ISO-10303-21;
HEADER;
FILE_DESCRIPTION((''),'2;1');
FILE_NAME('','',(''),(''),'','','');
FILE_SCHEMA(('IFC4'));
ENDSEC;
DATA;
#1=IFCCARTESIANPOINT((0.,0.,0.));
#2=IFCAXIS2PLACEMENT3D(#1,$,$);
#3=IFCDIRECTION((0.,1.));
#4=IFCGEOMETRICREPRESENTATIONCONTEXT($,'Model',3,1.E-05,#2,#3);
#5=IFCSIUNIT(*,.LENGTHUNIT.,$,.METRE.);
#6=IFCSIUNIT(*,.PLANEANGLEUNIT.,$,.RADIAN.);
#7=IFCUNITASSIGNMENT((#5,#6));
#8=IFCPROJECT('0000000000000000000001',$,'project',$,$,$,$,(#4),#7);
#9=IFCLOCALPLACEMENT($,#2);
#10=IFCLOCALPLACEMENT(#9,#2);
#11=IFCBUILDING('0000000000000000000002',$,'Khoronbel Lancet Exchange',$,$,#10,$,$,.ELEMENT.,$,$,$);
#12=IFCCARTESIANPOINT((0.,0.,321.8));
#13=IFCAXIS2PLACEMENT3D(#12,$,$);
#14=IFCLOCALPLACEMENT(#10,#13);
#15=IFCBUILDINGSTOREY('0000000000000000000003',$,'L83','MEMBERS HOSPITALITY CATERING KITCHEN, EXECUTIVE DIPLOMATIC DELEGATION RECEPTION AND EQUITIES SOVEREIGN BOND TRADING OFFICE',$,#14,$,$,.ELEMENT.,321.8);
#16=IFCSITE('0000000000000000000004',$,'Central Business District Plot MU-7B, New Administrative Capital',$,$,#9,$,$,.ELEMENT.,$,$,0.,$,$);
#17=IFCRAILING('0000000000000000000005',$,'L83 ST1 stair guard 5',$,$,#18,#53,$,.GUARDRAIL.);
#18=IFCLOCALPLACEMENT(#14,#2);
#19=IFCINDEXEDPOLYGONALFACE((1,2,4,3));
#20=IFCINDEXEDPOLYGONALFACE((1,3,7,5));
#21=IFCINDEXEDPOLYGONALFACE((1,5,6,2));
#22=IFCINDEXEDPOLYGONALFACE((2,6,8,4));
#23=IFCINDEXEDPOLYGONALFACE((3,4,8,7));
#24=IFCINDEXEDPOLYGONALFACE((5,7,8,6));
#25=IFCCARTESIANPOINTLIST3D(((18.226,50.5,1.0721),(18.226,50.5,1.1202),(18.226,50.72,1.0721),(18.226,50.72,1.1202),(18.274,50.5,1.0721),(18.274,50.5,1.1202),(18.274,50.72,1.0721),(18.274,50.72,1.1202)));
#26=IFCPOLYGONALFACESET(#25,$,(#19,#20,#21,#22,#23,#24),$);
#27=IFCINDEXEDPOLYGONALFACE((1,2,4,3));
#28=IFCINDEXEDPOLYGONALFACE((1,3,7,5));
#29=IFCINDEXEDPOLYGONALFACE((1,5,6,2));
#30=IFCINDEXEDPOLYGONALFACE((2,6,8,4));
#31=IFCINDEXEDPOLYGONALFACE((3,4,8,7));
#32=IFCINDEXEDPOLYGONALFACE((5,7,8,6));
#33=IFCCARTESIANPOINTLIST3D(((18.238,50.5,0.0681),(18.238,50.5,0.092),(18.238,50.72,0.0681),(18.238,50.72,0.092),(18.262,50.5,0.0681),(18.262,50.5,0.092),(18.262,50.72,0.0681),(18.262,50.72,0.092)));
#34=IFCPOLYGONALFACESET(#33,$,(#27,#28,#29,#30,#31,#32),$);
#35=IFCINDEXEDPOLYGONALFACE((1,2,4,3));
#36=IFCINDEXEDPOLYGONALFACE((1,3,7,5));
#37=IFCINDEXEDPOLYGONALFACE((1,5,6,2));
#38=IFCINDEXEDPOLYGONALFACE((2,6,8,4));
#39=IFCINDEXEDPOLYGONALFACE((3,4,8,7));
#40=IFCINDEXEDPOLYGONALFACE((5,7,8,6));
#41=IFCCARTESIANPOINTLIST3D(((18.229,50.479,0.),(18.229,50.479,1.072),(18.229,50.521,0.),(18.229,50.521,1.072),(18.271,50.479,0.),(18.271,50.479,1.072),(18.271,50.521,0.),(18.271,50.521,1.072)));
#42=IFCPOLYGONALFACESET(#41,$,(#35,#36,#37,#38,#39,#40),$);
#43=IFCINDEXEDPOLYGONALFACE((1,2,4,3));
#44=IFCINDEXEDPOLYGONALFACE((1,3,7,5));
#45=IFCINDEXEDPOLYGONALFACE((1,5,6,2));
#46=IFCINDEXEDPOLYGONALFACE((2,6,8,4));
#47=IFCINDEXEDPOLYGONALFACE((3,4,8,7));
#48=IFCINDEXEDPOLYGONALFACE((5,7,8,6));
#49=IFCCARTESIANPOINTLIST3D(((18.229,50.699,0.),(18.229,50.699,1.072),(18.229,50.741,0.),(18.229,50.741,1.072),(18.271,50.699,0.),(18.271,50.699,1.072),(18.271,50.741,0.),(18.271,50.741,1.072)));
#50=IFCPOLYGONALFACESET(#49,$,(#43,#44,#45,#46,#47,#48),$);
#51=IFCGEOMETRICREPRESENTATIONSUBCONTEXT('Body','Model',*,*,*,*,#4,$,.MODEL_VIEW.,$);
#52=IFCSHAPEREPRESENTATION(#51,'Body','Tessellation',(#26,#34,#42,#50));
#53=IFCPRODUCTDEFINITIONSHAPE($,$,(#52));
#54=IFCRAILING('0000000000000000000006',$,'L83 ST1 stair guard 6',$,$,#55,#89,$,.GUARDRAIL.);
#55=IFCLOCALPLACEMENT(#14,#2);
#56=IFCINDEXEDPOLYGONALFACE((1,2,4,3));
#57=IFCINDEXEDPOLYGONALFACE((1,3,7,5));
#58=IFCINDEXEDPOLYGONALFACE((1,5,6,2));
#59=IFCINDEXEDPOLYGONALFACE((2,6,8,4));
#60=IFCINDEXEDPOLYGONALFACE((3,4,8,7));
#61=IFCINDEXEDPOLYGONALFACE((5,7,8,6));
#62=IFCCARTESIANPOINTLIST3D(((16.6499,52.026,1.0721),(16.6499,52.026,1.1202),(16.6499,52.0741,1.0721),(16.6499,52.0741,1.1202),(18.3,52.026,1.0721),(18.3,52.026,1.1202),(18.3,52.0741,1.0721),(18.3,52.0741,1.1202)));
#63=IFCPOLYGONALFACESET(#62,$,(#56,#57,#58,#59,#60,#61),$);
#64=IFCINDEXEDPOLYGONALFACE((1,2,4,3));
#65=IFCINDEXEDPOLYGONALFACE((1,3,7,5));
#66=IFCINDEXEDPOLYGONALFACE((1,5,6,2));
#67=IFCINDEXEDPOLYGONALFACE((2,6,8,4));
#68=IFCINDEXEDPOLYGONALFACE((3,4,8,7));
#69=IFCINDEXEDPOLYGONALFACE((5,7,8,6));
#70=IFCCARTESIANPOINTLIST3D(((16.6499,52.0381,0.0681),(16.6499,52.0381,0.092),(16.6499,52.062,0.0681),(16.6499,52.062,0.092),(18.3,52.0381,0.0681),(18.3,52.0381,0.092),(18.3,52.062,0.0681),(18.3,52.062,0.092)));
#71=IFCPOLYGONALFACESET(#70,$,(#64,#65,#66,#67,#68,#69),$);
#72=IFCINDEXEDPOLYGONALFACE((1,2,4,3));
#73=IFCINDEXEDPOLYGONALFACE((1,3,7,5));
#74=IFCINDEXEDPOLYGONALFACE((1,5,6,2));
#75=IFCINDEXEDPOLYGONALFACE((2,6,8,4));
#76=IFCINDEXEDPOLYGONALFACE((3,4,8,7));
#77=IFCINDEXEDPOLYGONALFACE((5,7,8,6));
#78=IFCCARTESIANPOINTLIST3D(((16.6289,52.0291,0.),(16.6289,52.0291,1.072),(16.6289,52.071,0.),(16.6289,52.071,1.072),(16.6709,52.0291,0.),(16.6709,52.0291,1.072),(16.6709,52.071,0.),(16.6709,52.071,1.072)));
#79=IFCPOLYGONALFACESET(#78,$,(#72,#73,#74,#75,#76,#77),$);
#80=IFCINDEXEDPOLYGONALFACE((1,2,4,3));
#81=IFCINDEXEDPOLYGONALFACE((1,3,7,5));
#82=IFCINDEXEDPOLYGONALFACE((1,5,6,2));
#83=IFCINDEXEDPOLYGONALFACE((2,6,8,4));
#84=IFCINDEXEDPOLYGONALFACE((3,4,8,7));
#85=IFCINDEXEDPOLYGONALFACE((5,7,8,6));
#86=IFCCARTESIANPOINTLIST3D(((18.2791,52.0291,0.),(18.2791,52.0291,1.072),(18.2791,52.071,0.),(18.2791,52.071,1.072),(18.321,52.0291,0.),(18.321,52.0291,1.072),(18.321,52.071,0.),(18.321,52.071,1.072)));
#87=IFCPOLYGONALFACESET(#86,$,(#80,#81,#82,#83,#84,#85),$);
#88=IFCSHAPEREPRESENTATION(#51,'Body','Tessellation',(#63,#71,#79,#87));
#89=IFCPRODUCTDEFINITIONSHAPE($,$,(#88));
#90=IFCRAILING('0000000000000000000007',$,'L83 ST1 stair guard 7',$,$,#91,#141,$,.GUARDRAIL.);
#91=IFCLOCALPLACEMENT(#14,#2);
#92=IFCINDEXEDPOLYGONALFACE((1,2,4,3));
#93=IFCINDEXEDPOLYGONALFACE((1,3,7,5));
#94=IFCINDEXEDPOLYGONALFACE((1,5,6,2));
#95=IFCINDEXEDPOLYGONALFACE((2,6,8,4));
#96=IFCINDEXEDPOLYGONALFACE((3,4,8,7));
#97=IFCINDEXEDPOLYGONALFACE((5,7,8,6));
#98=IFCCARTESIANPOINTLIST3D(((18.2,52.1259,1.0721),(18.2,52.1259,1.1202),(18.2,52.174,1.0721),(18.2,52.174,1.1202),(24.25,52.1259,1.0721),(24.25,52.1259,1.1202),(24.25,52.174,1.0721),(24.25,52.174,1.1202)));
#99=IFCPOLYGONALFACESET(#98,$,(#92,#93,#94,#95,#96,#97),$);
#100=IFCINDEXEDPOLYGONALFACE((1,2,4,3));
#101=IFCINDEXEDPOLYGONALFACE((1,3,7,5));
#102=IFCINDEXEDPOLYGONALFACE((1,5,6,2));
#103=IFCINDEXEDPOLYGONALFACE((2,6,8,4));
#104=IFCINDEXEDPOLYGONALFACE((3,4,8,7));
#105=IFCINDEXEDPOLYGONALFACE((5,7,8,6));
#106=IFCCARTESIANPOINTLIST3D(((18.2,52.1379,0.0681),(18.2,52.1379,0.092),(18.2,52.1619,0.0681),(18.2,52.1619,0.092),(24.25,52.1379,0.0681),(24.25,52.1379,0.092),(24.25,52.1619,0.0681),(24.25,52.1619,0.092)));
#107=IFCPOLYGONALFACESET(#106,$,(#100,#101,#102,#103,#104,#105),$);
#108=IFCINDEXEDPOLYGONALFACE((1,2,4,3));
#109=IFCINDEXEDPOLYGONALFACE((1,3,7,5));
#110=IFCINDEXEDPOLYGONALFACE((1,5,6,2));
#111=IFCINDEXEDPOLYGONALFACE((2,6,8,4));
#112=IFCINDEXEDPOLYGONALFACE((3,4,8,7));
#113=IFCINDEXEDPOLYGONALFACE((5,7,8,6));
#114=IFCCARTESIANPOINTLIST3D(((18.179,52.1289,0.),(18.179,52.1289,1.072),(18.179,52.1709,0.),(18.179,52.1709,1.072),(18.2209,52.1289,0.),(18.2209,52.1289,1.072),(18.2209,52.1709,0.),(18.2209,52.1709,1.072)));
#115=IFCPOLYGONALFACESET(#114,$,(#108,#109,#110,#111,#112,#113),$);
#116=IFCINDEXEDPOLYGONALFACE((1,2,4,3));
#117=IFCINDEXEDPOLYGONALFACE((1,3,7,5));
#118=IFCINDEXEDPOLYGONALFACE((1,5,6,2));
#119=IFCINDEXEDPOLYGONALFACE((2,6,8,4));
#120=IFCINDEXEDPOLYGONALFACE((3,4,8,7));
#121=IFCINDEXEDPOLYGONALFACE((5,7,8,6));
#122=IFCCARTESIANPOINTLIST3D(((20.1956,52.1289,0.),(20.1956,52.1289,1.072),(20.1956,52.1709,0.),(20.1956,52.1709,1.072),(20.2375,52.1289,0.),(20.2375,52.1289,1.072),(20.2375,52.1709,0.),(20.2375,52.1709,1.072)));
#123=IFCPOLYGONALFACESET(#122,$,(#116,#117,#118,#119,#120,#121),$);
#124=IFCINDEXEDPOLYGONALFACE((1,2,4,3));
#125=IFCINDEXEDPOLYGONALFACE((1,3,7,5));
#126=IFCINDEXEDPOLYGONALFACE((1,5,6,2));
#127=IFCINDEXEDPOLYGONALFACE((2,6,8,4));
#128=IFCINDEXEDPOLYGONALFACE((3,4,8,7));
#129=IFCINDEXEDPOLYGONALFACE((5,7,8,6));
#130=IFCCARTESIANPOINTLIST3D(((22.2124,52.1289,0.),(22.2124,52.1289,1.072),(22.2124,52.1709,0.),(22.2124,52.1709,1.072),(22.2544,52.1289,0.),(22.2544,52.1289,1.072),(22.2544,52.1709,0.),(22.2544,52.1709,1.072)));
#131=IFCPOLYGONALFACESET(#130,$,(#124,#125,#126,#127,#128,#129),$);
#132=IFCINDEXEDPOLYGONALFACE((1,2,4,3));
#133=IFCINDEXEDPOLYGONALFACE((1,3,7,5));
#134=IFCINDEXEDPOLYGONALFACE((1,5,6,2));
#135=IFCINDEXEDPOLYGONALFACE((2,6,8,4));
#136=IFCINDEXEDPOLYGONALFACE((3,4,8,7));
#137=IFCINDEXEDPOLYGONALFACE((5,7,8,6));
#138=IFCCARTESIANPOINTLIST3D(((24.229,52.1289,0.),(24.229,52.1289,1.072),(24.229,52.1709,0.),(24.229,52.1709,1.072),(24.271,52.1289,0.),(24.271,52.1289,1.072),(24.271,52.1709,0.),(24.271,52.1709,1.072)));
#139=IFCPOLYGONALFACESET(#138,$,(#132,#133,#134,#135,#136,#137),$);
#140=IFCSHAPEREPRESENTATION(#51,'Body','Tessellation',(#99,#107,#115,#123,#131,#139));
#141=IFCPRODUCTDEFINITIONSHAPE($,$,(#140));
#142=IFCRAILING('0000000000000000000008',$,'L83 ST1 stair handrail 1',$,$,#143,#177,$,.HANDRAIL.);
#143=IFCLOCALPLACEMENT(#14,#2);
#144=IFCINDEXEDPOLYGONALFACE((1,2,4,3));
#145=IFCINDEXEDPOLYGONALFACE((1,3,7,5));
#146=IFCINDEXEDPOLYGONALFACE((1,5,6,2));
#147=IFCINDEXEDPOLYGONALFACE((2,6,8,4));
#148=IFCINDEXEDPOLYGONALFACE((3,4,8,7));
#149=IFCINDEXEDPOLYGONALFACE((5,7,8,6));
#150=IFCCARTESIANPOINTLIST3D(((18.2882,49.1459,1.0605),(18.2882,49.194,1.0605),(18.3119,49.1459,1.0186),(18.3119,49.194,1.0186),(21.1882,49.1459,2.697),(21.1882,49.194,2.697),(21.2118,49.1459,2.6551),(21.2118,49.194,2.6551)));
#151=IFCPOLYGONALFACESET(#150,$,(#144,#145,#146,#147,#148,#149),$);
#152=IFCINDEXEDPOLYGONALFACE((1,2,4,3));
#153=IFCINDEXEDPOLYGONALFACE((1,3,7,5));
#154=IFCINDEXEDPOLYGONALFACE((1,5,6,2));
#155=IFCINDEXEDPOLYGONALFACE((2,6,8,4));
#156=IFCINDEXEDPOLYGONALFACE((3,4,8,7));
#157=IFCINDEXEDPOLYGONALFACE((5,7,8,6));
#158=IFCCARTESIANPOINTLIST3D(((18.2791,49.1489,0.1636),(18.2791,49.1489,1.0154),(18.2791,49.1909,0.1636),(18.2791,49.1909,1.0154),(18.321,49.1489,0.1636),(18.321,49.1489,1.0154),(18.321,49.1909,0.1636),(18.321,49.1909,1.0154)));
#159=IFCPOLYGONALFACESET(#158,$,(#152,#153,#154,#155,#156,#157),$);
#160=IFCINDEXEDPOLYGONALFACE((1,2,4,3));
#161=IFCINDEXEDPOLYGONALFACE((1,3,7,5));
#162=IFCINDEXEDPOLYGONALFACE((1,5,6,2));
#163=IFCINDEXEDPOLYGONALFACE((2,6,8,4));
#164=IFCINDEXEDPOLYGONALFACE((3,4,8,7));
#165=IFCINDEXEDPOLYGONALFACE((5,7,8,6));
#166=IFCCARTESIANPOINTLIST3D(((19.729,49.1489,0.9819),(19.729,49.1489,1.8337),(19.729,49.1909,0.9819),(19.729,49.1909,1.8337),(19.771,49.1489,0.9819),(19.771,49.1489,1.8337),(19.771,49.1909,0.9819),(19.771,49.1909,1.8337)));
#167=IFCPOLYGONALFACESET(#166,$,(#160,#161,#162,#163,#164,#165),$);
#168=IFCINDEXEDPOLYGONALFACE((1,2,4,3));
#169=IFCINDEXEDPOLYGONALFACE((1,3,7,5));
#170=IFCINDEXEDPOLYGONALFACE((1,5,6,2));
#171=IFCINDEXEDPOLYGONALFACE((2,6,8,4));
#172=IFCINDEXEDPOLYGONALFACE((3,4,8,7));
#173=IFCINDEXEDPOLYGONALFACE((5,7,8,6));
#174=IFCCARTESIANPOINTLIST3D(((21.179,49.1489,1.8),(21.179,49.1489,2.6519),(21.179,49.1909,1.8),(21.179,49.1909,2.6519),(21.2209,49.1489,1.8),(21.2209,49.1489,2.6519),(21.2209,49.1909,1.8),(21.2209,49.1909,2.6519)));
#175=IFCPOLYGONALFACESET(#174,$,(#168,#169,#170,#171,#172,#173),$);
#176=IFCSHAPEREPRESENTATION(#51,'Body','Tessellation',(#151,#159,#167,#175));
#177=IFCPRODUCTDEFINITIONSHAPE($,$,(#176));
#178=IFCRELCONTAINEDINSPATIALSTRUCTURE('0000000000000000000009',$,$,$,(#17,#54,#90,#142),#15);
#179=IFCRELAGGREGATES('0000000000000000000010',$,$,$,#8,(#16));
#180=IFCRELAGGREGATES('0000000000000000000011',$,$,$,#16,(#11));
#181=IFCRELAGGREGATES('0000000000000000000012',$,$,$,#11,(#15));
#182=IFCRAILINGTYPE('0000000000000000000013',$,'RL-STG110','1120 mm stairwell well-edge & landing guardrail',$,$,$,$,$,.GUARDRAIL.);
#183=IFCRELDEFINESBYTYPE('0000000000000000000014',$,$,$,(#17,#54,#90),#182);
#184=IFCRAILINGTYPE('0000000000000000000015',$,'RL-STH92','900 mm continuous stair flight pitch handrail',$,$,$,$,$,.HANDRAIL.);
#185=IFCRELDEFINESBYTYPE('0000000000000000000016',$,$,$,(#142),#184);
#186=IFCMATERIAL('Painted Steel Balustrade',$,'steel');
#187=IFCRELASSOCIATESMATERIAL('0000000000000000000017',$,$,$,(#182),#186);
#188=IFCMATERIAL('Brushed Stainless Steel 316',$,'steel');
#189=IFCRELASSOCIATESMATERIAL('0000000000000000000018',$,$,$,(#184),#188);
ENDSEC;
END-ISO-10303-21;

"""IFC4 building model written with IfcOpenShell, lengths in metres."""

from ifc_helpers import new_model, si_unit, direction, frame, origin, origin_2d, place, context, subcontext, project, spatial, rectangle, extrude, material, type_object, element, save


model = new_model("IFC4")

# Units and contexts
model_context = context("Model", 3, precision=1e-05, world=origin(), true_north=direction((0.0, 1.0)))
body_context = subcontext(model_context, "Body", "Model", "MODEL_VIEW")
ifc_project = project(units=[si_unit("LENGTHUNIT", "METRE"), si_unit("PLANEANGLEUNIT", "RADIAN")], contexts=[model_context])

# Site, building, storey
site_placement = place(None, origin())
site = spatial("IfcSite", under=ifc_project, at=site_placement, Name="Central Business District Plot MU-7B, New Administrative Capital", CompositionType="ELEMENT", RefElevation=0.0)
building_placement = place(site_placement, origin())
building = spatial("IfcBuilding", under=site, at=building_placement, Name="Khoronbel Lancet Exchange", CompositionType="ELEMENT")
storey_placement = place(building_placement, frame((0.0, 0.0, 321.8)))
storey = spatial("IfcBuildingStorey", under=building, at=storey_placement, Name="L83", Description="MEMBERS HOSPITALITY CATERING KITCHEN, EXECUTIVE DIPLOMATIC DELEGATION RECEPTION AND EQUITIES SOVEREIGN BOND TRADING OFFICE", CompositionType="ELEMENT", Elevation=321.8)

# Railings
ifc_material_1 = material(Name="Painted Steel Balustrade", Category="steel")
railing_type_1 = type_object("IfcRailingType", Name="RL-STG110", Description="1120 mm stairwell well-edge & landing guardrail", PredefinedType="GUARDRAIL", material=ifc_material_1)
railing_1_placement = place(storey_placement, frame((18.25, 50.5, 0.0)))
element("IfcRailing", 1, at=railing_1_placement, inside=storey, type_object=railing_type_1, Name="L83 ST1 stair guard 5", PredefinedType="GUARDRAIL", context=body_context, shape_type="SweptSolid", body=[
    extrude(rectangle(XDim=0.0481, YDim=0.0481, at=origin_2d()), frame((0.0, 0.0, 1.0962), z_axis=(0.0, 1.0, 0.0), x_axis=(-1.0, 0.0, 0.0)), (0.0, 0.0, 1.0), 0.22),
    extrude(rectangle(XDim=0.0239, YDim=0.0239, at=origin_2d()), frame((0.0, 0.0, 0.0801), z_axis=(0.0, 1.0, 0.0), x_axis=(-1.0, 0.0, 0.0)), (0.0, 0.0, 1.0), 0.22),
    extrude(rectangle(XDim=0.042, YDim=0.042, at=origin_2d()), origin(), (0.0, 0.0, 1.0), 1.072),
    extrude(rectangle(XDim=0.042, YDim=0.042, at=origin_2d()), frame((0.0, 0.22, 0.0)), (0.0, 0.0, 1.0), 1.072),
])
railing_2_placement = place(storey_placement, frame((16.6499, 52.05, 0.0)))
element("IfcRailing", 2, at=railing_2_placement, inside=storey, type_object=railing_type_1, Name="L83 ST1 stair guard 6", PredefinedType="GUARDRAIL", context=body_context, shape_type="SweptSolid", body=[
    extrude(rectangle(XDim=0.0481, YDim=0.0481, at=origin_2d()), frame((0.0, 0.0, 1.0962), z_axis=(1.0, 0.0, 0.0), x_axis=(0.0, 1.0, 0.0)), (0.0, 0.0, 1.0), 1.6501),
    extrude(rectangle(XDim=0.0239, YDim=0.0239, at=origin_2d()), frame((0.0, 0.0, 0.0801), z_axis=(1.0, 0.0, 0.0), x_axis=(0.0, 1.0, 0.0)), (0.0, 0.0, 1.0), 1.6501),
    extrude(rectangle(XDim=0.042, YDim=0.042, at=origin_2d()), origin(), (0.0, 0.0, 1.0), 1.072),
    extrude(rectangle(XDim=0.042, YDim=0.042, at=origin_2d()), frame((1.6501, 0.0, 0.0)), (0.0, 0.0, 1.0), 1.072),
])
railing_3_placement = place(storey_placement, frame((18.2, 52.1499, 0.0)))
element("IfcRailing", 3, at=railing_3_placement, inside=storey, type_object=railing_type_1, Name="L83 ST1 stair guard 7", PredefinedType="GUARDRAIL", context=body_context, shape_type="SweptSolid", body=[
    extrude(rectangle(XDim=0.0481, YDim=0.0481, at=origin_2d()), frame((0.0, 0.0, 1.0962), z_axis=(1.0, 0.0, 0.0), x_axis=(0.0, 1.0, 0.0)), (0.0, 0.0, 1.0), 6.05),
    extrude(rectangle(XDim=0.0239, YDim=0.0239, at=origin_2d()), frame((0.0, 0.0, 0.0801), z_axis=(1.0, 0.0, 0.0), x_axis=(0.0, 1.0, 0.0)), (0.0, 0.0, 1.0), 6.05),
    extrude(rectangle(XDim=0.042, YDim=0.042, at=origin_2d()), origin(), (0.0, 0.0, 1.0), 1.072),
    extrude(rectangle(XDim=0.042, YDim=0.042, at=origin_2d()), frame((2.0166, 0.0, 0.0)), (0.0, 0.0, 1.0), 1.072),
    extrude(rectangle(XDim=0.042, YDim=0.042, at=origin_2d()), frame((4.0334, 0.0, 0.0)), (0.0, 0.0, 1.0), 1.072),
    extrude(rectangle(XDim=0.042, YDim=0.042, at=origin_2d()), frame((6.05, 0.0, 0.0)), (0.0, 0.0, 1.0), 1.072),
])
ifc_material_2 = material(Name="Brushed Stainless Steel 316", Category="steel")
railing_type_2 = type_object("IfcRailingType", Name="RL-STH92", Description="900 mm continuous stair flight pitch handrail", PredefinedType="HANDRAIL", material=ifc_material_2)
railing_4_placement = place(storey_placement, frame((18.3, 49.1699, 0.1636)))
element("IfcRailing", 4, at=railing_4_placement, inside=storey, type_object=railing_type_2, Name="L83 ST1 stair handrail 1", PredefinedType="HANDRAIL", context=body_context, shape_type="SweptSolid", body=[
    extrude(rectangle(XDim=0.0481, YDim=0.0481, at=origin_2d()), frame((0.0, 0.0, 0.876), z_axis=(0.870897, 0.0, 0.491465), x_axis=(0.0, 1.0, 0.0)), (0.0, 0.0, 1.0), 3.3298),
    extrude(rectangle(XDim=0.042, YDim=0.042, at=origin_2d()), origin(), (0.0, 0.0, 1.0), 0.8518),
    extrude(rectangle(XDim=0.042, YDim=0.042, at=origin_2d()), frame((1.45, 0.0, 0.8184)), (0.0, 0.0, 1.0), 0.8518),
    extrude(rectangle(XDim=0.042, YDim=0.042, at=origin_2d()), frame((2.8999, 0.0, 1.6365)), (0.0, 0.0, 1.0), 0.8518),
])

save(model, "model.ifc")
